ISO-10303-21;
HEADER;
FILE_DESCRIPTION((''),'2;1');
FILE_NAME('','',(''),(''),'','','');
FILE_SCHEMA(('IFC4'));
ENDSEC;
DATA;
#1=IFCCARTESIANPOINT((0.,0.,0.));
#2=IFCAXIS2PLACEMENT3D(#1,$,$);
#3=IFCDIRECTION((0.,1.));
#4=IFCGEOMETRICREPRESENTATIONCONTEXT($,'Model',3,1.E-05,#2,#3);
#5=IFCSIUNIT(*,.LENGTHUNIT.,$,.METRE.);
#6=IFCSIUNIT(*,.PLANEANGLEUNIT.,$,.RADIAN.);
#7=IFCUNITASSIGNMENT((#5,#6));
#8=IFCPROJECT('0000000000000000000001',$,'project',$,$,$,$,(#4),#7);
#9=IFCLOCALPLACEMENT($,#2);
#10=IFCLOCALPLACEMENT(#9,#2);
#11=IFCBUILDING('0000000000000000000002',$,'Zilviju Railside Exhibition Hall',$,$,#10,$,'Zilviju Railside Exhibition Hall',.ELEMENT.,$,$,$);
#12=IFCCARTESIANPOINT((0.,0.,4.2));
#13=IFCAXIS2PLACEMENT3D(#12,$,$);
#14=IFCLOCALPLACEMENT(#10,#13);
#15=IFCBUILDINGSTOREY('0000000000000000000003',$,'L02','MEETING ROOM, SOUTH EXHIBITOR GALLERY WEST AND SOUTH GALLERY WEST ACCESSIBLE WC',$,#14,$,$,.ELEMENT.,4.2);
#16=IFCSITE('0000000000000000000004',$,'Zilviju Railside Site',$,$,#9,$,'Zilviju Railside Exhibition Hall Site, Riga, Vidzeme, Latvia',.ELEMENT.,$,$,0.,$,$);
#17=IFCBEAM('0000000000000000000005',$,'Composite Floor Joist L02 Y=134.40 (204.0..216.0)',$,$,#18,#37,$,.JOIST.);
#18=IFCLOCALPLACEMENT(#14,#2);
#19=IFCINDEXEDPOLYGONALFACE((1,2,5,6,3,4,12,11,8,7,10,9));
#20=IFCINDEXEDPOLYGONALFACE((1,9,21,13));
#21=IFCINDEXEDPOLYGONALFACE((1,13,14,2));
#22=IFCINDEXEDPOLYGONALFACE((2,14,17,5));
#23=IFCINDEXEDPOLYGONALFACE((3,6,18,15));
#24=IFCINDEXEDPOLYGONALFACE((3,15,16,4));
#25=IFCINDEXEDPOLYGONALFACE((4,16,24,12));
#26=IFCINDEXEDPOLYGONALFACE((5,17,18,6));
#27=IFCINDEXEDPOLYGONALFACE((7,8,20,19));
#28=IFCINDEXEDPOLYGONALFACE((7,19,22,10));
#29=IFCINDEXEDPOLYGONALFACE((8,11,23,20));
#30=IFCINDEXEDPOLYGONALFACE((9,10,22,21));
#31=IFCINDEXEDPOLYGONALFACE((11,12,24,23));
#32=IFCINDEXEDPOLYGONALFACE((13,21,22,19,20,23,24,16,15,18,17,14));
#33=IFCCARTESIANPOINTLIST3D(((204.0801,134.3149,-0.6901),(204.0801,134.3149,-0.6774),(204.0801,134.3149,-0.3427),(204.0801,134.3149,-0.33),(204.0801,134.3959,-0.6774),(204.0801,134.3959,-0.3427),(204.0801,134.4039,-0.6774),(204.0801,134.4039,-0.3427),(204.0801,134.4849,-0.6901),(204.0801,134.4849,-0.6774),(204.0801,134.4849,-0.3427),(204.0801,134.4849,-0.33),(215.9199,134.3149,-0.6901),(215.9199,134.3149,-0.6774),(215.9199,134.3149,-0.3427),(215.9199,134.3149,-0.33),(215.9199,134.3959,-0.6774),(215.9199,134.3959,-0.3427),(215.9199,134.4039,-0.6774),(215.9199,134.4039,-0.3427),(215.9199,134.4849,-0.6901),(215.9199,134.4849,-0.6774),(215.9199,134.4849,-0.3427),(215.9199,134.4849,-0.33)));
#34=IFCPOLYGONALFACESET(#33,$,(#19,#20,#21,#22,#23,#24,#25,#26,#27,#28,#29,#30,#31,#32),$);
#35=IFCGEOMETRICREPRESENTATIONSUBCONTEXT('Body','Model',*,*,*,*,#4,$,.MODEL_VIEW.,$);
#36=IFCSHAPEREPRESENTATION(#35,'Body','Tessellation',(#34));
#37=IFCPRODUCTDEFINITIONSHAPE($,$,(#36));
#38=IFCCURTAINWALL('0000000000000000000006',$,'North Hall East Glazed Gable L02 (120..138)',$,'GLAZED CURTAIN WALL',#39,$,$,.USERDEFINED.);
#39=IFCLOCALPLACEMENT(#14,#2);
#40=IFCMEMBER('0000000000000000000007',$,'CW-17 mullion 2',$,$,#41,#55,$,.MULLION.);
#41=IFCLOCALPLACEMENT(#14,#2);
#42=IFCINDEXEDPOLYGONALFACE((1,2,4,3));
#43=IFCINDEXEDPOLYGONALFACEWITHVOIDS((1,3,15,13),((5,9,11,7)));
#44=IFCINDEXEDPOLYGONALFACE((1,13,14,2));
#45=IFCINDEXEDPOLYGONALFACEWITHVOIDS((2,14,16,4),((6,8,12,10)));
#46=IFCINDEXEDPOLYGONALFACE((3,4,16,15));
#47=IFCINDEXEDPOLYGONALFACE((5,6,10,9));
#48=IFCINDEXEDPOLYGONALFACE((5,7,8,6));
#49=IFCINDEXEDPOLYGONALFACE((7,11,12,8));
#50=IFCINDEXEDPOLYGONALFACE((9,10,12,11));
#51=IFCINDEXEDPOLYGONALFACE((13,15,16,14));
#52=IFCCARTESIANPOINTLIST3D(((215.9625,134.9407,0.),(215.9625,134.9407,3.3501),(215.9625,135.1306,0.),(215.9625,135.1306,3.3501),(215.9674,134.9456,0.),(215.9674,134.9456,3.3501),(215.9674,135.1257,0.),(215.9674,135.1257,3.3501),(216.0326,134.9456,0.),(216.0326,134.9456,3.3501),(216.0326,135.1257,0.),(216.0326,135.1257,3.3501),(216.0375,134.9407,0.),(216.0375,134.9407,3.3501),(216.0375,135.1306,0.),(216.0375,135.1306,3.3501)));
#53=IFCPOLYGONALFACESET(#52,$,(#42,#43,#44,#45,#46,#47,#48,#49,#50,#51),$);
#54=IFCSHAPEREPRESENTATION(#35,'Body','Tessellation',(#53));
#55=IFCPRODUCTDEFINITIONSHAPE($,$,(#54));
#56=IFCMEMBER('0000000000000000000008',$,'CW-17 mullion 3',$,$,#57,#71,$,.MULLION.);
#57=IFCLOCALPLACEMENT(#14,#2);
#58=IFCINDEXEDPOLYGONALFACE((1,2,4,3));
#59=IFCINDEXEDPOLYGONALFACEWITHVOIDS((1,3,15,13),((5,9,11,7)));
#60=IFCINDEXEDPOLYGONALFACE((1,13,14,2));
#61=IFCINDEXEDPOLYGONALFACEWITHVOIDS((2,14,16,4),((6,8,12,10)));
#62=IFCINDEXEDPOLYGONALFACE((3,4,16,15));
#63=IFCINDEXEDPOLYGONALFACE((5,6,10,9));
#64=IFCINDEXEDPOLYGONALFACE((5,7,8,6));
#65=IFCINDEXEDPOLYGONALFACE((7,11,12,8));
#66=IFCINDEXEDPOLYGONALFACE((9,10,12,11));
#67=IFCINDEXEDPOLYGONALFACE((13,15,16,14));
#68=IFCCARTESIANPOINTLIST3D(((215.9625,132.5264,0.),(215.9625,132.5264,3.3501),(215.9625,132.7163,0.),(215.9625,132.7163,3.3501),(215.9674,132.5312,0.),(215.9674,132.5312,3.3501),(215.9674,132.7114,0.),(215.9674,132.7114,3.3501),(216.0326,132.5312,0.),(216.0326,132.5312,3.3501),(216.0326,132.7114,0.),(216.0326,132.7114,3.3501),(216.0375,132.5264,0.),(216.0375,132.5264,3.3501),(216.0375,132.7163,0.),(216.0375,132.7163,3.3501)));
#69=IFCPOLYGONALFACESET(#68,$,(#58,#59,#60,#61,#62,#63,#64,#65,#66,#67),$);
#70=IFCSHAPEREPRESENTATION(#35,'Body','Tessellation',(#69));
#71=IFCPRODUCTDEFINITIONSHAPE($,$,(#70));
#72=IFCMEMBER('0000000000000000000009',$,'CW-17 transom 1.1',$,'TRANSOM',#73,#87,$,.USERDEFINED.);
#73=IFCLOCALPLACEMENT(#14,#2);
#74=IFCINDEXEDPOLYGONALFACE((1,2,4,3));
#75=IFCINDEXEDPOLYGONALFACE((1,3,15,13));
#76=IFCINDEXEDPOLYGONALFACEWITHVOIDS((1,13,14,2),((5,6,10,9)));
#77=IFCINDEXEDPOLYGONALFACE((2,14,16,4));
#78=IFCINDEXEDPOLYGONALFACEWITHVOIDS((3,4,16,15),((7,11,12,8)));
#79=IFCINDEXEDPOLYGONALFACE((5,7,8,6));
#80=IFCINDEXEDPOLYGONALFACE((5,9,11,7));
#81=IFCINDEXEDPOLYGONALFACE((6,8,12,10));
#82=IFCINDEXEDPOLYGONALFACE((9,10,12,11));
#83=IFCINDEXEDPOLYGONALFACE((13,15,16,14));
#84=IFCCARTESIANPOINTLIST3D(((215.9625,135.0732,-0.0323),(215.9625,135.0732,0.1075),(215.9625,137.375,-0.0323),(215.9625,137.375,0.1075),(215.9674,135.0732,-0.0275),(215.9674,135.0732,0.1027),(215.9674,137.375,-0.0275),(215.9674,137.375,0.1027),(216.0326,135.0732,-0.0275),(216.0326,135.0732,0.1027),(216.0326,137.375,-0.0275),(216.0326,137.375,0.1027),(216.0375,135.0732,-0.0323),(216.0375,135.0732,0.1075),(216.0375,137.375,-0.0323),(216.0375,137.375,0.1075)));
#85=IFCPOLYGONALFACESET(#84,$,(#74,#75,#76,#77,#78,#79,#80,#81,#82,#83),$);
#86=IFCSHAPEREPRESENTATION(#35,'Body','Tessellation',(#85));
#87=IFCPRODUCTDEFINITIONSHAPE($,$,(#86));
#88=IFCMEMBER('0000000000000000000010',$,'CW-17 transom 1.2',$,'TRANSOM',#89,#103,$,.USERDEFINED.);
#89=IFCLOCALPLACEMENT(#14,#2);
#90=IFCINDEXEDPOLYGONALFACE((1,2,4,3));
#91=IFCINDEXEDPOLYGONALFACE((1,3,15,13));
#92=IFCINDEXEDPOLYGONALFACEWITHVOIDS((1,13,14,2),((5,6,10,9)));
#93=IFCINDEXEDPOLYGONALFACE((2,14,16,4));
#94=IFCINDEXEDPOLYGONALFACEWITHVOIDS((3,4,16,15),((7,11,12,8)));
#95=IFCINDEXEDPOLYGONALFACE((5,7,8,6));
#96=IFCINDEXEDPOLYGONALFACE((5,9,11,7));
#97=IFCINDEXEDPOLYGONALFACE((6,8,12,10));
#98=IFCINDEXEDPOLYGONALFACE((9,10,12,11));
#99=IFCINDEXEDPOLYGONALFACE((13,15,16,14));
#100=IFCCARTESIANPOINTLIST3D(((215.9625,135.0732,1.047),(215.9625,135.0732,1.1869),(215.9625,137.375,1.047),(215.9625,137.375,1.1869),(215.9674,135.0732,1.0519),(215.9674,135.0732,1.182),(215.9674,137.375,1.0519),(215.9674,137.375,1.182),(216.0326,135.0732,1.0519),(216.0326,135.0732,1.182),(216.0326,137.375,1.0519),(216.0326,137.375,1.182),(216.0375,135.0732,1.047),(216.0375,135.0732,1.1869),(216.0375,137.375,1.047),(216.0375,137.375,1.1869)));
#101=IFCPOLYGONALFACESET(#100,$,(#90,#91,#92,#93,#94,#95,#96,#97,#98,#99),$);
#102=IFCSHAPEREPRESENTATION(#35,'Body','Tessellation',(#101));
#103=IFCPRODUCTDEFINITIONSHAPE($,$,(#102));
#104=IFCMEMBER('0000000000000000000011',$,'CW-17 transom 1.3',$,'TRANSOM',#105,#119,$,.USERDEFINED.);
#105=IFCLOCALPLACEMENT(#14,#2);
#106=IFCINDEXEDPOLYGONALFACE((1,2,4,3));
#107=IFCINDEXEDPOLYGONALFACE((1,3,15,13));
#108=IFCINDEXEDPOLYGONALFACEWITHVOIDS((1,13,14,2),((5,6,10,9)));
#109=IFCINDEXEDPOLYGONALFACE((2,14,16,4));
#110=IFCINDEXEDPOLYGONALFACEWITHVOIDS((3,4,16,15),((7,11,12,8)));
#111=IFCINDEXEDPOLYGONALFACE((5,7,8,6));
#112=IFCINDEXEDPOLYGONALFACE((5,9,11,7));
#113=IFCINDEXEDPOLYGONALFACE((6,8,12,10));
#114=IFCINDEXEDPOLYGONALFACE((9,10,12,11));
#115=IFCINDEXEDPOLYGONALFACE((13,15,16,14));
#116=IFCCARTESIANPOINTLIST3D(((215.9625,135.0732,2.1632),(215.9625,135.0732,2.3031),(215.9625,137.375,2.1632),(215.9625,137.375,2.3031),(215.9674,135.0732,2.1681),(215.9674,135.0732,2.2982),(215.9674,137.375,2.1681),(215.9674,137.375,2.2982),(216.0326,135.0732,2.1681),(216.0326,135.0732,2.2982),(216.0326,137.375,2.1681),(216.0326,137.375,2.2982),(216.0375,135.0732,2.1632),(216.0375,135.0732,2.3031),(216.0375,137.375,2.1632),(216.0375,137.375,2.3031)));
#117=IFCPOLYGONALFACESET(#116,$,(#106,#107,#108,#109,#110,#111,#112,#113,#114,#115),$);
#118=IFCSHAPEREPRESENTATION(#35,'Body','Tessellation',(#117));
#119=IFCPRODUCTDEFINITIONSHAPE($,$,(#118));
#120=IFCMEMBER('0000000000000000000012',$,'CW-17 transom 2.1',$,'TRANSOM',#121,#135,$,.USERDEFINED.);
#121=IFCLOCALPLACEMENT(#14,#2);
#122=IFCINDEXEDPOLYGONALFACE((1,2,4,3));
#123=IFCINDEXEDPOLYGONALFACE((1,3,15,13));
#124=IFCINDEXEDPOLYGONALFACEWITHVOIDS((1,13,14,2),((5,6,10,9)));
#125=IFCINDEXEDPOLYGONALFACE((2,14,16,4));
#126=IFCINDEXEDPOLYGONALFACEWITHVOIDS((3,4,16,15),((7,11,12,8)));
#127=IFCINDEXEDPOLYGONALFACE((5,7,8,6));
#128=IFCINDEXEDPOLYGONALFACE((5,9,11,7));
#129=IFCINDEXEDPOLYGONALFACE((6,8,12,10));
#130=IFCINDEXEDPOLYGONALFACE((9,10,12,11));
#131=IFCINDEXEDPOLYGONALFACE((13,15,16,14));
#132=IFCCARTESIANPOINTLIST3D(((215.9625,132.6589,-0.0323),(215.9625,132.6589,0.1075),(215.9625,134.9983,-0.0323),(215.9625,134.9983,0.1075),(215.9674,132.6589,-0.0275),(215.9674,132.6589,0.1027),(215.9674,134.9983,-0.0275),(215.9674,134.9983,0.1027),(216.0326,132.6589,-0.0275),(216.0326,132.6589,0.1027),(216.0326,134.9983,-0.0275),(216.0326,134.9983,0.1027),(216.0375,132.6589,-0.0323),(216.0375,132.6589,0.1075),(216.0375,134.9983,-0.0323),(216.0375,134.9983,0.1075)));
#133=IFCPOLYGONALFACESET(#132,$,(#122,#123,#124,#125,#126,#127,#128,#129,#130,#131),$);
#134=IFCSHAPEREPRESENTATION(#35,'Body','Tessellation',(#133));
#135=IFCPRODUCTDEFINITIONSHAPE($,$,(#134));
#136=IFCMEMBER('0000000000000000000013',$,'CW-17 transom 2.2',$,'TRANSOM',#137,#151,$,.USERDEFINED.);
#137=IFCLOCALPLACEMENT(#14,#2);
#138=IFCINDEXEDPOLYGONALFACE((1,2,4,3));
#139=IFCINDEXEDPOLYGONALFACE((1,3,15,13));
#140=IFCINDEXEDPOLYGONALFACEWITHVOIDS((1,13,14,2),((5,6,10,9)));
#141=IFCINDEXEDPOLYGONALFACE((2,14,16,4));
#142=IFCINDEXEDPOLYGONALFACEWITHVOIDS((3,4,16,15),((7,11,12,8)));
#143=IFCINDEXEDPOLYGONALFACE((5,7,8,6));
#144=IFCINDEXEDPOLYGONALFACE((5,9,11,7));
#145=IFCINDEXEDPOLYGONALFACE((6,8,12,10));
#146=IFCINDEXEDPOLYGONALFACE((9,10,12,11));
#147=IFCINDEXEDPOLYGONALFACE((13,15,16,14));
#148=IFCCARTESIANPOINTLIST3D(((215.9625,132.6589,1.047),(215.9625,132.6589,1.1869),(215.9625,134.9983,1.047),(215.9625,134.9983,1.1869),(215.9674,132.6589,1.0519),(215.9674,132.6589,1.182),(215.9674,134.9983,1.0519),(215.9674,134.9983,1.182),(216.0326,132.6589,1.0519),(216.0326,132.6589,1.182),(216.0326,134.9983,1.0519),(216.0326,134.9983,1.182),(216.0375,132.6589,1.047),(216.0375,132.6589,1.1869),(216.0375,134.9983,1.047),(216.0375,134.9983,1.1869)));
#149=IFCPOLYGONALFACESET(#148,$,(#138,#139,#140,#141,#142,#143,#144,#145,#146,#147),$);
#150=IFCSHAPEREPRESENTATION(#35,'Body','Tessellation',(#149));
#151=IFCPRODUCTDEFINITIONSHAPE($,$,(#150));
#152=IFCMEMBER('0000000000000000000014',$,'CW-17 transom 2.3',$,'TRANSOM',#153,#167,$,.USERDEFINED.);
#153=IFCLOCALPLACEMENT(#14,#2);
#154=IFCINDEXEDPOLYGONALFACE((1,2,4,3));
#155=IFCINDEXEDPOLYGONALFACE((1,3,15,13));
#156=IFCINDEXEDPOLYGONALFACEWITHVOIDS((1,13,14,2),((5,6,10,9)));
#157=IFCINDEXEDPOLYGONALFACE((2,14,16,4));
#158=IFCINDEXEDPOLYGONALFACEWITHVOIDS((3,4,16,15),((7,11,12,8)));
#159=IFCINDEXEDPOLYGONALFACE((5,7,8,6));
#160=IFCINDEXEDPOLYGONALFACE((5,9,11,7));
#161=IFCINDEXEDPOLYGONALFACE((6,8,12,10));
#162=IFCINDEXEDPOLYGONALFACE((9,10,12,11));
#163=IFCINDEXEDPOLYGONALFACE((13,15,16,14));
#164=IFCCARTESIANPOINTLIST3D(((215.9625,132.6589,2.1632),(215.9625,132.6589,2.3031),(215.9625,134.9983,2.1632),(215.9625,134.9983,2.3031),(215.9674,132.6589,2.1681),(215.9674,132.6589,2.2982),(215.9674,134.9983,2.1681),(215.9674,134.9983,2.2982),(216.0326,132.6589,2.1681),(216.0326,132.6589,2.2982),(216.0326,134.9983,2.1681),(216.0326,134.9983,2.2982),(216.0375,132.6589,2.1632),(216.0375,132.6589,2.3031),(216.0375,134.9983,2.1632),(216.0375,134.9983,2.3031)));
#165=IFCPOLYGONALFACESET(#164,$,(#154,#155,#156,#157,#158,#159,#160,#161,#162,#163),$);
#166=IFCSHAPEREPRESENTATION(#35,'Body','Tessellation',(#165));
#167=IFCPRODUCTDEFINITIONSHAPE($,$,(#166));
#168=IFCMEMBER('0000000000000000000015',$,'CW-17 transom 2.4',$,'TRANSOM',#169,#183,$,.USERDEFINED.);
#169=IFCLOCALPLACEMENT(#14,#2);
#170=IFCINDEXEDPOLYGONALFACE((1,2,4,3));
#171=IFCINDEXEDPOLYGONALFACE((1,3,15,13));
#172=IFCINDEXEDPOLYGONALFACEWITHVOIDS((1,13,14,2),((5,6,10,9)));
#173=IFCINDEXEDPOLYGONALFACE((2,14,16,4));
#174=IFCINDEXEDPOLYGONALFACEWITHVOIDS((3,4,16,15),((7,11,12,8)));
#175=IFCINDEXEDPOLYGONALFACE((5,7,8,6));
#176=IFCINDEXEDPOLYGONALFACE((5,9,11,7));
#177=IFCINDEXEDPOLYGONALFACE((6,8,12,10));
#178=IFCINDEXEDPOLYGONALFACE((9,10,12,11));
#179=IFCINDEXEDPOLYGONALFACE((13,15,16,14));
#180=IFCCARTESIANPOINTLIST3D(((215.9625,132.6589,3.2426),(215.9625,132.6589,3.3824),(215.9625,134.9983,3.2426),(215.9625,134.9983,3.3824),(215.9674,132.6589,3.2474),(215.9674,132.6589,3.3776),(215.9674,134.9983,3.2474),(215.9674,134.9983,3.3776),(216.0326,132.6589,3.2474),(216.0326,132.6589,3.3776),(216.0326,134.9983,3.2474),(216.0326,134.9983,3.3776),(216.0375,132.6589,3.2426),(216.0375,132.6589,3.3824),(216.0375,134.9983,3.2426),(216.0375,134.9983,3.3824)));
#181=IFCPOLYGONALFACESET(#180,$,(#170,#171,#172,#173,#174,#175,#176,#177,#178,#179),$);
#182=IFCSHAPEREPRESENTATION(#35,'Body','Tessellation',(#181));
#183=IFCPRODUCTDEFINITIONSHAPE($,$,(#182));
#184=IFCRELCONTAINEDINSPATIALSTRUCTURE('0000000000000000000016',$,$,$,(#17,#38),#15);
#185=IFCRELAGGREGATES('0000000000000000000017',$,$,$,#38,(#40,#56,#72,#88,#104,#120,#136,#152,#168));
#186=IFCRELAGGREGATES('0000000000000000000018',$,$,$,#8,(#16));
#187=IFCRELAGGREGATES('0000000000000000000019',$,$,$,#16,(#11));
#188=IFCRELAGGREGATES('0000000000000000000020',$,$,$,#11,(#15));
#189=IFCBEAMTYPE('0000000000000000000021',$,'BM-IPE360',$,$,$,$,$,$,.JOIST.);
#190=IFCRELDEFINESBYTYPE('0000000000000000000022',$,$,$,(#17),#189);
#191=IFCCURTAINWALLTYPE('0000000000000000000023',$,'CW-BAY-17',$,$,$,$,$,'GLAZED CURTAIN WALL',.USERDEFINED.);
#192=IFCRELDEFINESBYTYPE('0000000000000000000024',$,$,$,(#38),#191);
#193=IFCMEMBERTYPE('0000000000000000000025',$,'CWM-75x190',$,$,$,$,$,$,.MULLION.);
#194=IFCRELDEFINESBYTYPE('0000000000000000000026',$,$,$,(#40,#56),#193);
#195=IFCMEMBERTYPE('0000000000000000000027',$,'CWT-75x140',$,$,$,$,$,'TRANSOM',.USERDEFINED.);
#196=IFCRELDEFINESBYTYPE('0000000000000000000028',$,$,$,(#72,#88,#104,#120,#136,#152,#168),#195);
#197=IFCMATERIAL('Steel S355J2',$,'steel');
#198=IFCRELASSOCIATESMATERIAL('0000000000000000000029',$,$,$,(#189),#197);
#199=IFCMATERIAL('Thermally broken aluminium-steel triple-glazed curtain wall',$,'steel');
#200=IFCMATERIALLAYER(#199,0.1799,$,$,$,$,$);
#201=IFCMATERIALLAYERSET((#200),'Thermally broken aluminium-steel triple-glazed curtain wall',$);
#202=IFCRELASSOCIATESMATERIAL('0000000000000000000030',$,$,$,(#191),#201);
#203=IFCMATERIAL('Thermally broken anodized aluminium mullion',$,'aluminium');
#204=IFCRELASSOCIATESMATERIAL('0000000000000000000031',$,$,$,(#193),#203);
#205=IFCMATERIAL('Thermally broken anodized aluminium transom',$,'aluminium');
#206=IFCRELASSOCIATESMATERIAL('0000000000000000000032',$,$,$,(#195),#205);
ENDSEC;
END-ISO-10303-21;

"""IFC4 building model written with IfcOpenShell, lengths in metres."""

from ifc_helpers import new_model, si_unit, direction, frame, origin, origin_2d, place, context, subcontext, project, spatial, hollow_rectangle, i_section, extrude, material, layer, layer_set, material_profile, profile_set, type_object, element, aggregate, save


model = new_model("IFC4")

# Units and contexts
model_context = context("Model", 3, precision=1e-05, world=origin(), true_north=direction((0.0, 1.0)))
body_context = subcontext(model_context, "Body", "Model", "MODEL_VIEW")
ifc_project = project(units=[si_unit("LENGTHUNIT", "METRE"), si_unit("PLANEANGLEUNIT", "RADIAN")], contexts=[model_context])

# Site, building, storey
site_placement = place(None, origin())
site = spatial("IfcSite", under=ifc_project, at=site_placement, Name="Zilviju Railside Site", LongName="Zilviju Railside Exhibition Hall Site, Riga, Vidzeme, Latvia", CompositionType="ELEMENT", RefElevation=0.0)
building_placement = place(site_placement, origin())
building = spatial("IfcBuilding", under=site, at=building_placement, Name="Zilviju Railside Exhibition Hall", LongName="Zilviju Railside Exhibition Hall", CompositionType="ELEMENT")
storey_placement = place(building_placement, frame((0.0, 0.0, 4.2)))
storey = spatial("IfcBuildingStorey", under=building, at=storey_placement, Name="L02", Description="MEETING ROOM, SOUTH EXHIBITOR GALLERY WEST AND SOUTH GALLERY WEST ACCESSIBLE WC", CompositionType="ELEMENT", Elevation=4.2)

# Beam
ifc_material_1 = material(Name="Steel S355J2", Category="steel")
ifc_material_profile_1 = material_profile(ifc_material_1, i_section(OverallWidth=0.1699, OverallDepth=0.3601, WebThickness=0.0081, FlangeThickness=0.0127, at=origin_2d()), Name="IPE 360")
ifc_profile_set_1 = profile_set([ifc_material_profile_1], Name="Steel S355J2")
beam_type = type_object("IfcBeamType", Name="BM-IPE360", PredefinedType="JOIST", material=ifc_profile_set_1)
beam_placement = place(storey_placement, frame((204.0801, 134.3999, -0.51), z_axis=(1.0, 0.0, 0.0), x_axis=(0.0, 1.0, 0.0)))
element("IfcBeam", 1, at=beam_placement, inside=storey, type_object=beam_type, Name="Composite Floor Joist L02 Y=134.40 (204.0..216.0)", PredefinedType="JOIST", context=body_context, shape_type="SweptSolid", body=[
    extrude(i_section(OverallWidth=0.1699, OverallDepth=0.3601, WebThickness=0.0081, FlangeThickness=0.0127, at=origin_2d()), origin(), (0.0, 0.0, 1.0), 11.8398),
])

# Curtain wall, members
ifc_material_2 = material(Name="Thermally broken aluminium-steel triple-glazed curtain wall", Category="steel")
ifc_layer_1 = layer(ifc_material_2, 0.1799)
ifc_layer_set_1 = layer_set([ifc_layer_1], Name="Thermally broken aluminium-steel triple-glazed curtain wall")
curtain_wall_type = type_object("IfcCurtainWallType", Name="CW-BAY-17", ElementType="GLAZED CURTAIN WALL", PredefinedType="USERDEFINED", material=ifc_layer_set_1)
curtain_wall_placement = place(storey_placement, origin())
curtain_wall = element("IfcCurtainWall", 2, at=curtain_wall_placement, inside=storey, type_object=curtain_wall_type, Name="North Hall East Glazed Gable L02 (120..138)", ObjectType="GLAZED CURTAIN WALL", PredefinedType="USERDEFINED")
ifc_material_3 = material(Name="Thermally broken anodized aluminium mullion", Category="aluminium")
ifc_material_profile_2 = material_profile(ifc_material_3, hollow_rectangle(XDim=0.075, YDim=0.1899, WallThickness=0.0049, at=origin_2d()), Name="MULLION 190x75x5")
ifc_profile_set_2 = profile_set([ifc_material_profile_2], Name="Thermally broken anodized aluminium mullion")
member_type_1 = type_object("IfcMemberType", Name="CWM-75x190", PredefinedType="MULLION", material=ifc_profile_set_2)
member_1_placement = place(storey_placement, frame((216.0, 135.0356, 0.0), z_axis=(0.0, 0.0, 1.0), x_axis=(1.0, 0.0, 0.0)))
member_1 = element("IfcMember", 3, at=member_1_placement, type_object=member_type_1, Name="CW-17 mullion 2", PredefinedType="MULLION", context=body_context, shape_type="SweptSolid", body=[
    extrude(hollow_rectangle(XDim=0.075, YDim=0.1899, WallThickness=0.0049, at=origin_2d()), origin(), (0.0, 0.0, 1.0), 3.3501),
])
member_2_placement = place(storey_placement, frame((216.0, 132.6213, 0.0), z_axis=(0.0, 0.0, 1.0), x_axis=(1.0, 0.0, 0.0)))
member_2 = element("IfcMember", 4, at=member_2_placement, type_object=member_type_1, Name="CW-17 mullion 3", PredefinedType="MULLION", context=body_context, shape_type="SweptSolid", body=[
    extrude(hollow_rectangle(XDim=0.075, YDim=0.1899, WallThickness=0.0049, at=origin_2d()), origin(), (0.0, 0.0, 1.0), 3.3501),
])
ifc_material_4 = material(Name="Thermally broken anodized aluminium transom", Category="aluminium")
ifc_material_profile_3 = material_profile(ifc_material_4, hollow_rectangle(XDim=0.075, YDim=0.1399, WallThickness=0.0049, at=origin_2d()), Name="TRANSOM 140x75x5")
ifc_profile_set_3 = profile_set([ifc_material_profile_3], Name="Thermally broken anodized aluminium transom")
member_type_2 = type_object("IfcMemberType", Name="CWT-75x140", ElementType="TRANSOM", PredefinedType="USERDEFINED", material=ifc_profile_set_3)
member_3_placement = place(storey_placement, frame((216.0, 137.375, 0.0376), z_axis=(0.0, -1.0, 0.0), x_axis=(1.0, 0.0, 0.0)))
member_3 = element("IfcMember", 5, at=member_3_placement, type_object=member_type_2, Name="CW-17 transom 1.1", ObjectType="TRANSOM", PredefinedType="USERDEFINED", context=body_context, shape_type="SweptSolid", body=[
    extrude(hollow_rectangle(XDim=0.075, YDim=0.1399, WallThickness=0.0049, at=origin_2d()), origin(), (0.0, 0.0, 1.0), 2.3018),
])
member_4_placement = place(storey_placement, frame((216.0, 137.375, 1.1169), z_axis=(0.0, -1.0, 0.0), x_axis=(1.0, 0.0, 0.0)))
member_4 = element("IfcMember", 6, at=member_4_placement, type_object=member_type_2, Name="CW-17 transom 1.2", ObjectType="TRANSOM", PredefinedType="USERDEFINED", context=body_context, shape_type="SweptSolid", body=[
    extrude(hollow_rectangle(XDim=0.075, YDim=0.1399, WallThickness=0.0049, at=origin_2d()), origin(), (0.0, 0.0, 1.0), 2.3018),
])
member_5_placement = place(storey_placement, frame((216.0, 137.375, 2.2332), z_axis=(0.0, -1.0, 0.0), x_axis=(1.0, 0.0, 0.0)))
member_5 = element("IfcMember", 7, at=member_5_placement, type_object=member_type_2, Name="CW-17 transom 1.3", ObjectType="TRANSOM", PredefinedType="USERDEFINED", context=body_context, shape_type="SweptSolid", body=[
    extrude(hollow_rectangle(XDim=0.075, YDim=0.1399, WallThickness=0.0049, at=origin_2d()), origin(), (0.0, 0.0, 1.0), 2.3018),
])
member_6_placement = place(storey_placement, frame((216.0, 134.9983, 0.0376), z_axis=(0.0, -1.0, 0.0), x_axis=(1.0, 0.0, 0.0)))
member_6 = element("IfcMember", 8, at=member_6_placement, type_object=member_type_2, Name="CW-17 transom 2.1", ObjectType="TRANSOM", PredefinedType="USERDEFINED", context=body_context, shape_type="SweptSolid", body=[
    extrude(hollow_rectangle(XDim=0.075, YDim=0.1399, WallThickness=0.0049, at=origin_2d()), origin(), (0.0, 0.0, 1.0), 2.3394),
])
member_7_placement = place(storey_placement, frame((216.0, 134.9983, 1.1169), z_axis=(0.0, -1.0, 0.0), x_axis=(1.0, 0.0, 0.0)))
member_7 = element("IfcMember", 9, at=member_7_placement, type_object=member_type_2, Name="CW-17 transom 2.2", ObjectType="TRANSOM", PredefinedType="USERDEFINED", context=body_context, shape_type="SweptSolid", body=[
    extrude(hollow_rectangle(XDim=0.075, YDim=0.1399, WallThickness=0.0049, at=origin_2d()), origin(), (0.0, 0.0, 1.0), 2.3394),
])
member_8_placement = place(storey_placement, frame((216.0, 134.9983, 2.2332), z_axis=(0.0, -1.0, 0.0), x_axis=(1.0, 0.0, 0.0)))
member_8 = element("IfcMember", 10, at=member_8_placement, type_object=member_type_2, Name="CW-17 transom 2.3", ObjectType="TRANSOM", PredefinedType="USERDEFINED", context=body_context, shape_type="SweptSolid", body=[
    extrude(hollow_rectangle(XDim=0.075, YDim=0.1399, WallThickness=0.0049, at=origin_2d()), origin(), (0.0, 0.0, 1.0), 2.3394),
])
member_9_placement = place(storey_placement, frame((216.0, 134.9983, 3.3125), z_axis=(0.0, -1.0, 0.0), x_axis=(1.0, 0.0, 0.0)))
member_9 = element("IfcMember", 11, at=member_9_placement, type_object=member_type_2, Name="CW-17 transom 2.4", ObjectType="TRANSOM", PredefinedType="USERDEFINED", context=body_context, shape_type="SweptSolid", body=[
    extrude(hollow_rectangle(XDim=0.075, YDim=0.1399, WallThickness=0.0049, at=origin_2d()), origin(), (0.0, 0.0, 1.0), 2.3394),
])
aggregate(curtain_wall, [member_1, member_2, member_3, member_4, member_5, member_6, member_7, member_8, member_9])

save(model, "model.ifc")
